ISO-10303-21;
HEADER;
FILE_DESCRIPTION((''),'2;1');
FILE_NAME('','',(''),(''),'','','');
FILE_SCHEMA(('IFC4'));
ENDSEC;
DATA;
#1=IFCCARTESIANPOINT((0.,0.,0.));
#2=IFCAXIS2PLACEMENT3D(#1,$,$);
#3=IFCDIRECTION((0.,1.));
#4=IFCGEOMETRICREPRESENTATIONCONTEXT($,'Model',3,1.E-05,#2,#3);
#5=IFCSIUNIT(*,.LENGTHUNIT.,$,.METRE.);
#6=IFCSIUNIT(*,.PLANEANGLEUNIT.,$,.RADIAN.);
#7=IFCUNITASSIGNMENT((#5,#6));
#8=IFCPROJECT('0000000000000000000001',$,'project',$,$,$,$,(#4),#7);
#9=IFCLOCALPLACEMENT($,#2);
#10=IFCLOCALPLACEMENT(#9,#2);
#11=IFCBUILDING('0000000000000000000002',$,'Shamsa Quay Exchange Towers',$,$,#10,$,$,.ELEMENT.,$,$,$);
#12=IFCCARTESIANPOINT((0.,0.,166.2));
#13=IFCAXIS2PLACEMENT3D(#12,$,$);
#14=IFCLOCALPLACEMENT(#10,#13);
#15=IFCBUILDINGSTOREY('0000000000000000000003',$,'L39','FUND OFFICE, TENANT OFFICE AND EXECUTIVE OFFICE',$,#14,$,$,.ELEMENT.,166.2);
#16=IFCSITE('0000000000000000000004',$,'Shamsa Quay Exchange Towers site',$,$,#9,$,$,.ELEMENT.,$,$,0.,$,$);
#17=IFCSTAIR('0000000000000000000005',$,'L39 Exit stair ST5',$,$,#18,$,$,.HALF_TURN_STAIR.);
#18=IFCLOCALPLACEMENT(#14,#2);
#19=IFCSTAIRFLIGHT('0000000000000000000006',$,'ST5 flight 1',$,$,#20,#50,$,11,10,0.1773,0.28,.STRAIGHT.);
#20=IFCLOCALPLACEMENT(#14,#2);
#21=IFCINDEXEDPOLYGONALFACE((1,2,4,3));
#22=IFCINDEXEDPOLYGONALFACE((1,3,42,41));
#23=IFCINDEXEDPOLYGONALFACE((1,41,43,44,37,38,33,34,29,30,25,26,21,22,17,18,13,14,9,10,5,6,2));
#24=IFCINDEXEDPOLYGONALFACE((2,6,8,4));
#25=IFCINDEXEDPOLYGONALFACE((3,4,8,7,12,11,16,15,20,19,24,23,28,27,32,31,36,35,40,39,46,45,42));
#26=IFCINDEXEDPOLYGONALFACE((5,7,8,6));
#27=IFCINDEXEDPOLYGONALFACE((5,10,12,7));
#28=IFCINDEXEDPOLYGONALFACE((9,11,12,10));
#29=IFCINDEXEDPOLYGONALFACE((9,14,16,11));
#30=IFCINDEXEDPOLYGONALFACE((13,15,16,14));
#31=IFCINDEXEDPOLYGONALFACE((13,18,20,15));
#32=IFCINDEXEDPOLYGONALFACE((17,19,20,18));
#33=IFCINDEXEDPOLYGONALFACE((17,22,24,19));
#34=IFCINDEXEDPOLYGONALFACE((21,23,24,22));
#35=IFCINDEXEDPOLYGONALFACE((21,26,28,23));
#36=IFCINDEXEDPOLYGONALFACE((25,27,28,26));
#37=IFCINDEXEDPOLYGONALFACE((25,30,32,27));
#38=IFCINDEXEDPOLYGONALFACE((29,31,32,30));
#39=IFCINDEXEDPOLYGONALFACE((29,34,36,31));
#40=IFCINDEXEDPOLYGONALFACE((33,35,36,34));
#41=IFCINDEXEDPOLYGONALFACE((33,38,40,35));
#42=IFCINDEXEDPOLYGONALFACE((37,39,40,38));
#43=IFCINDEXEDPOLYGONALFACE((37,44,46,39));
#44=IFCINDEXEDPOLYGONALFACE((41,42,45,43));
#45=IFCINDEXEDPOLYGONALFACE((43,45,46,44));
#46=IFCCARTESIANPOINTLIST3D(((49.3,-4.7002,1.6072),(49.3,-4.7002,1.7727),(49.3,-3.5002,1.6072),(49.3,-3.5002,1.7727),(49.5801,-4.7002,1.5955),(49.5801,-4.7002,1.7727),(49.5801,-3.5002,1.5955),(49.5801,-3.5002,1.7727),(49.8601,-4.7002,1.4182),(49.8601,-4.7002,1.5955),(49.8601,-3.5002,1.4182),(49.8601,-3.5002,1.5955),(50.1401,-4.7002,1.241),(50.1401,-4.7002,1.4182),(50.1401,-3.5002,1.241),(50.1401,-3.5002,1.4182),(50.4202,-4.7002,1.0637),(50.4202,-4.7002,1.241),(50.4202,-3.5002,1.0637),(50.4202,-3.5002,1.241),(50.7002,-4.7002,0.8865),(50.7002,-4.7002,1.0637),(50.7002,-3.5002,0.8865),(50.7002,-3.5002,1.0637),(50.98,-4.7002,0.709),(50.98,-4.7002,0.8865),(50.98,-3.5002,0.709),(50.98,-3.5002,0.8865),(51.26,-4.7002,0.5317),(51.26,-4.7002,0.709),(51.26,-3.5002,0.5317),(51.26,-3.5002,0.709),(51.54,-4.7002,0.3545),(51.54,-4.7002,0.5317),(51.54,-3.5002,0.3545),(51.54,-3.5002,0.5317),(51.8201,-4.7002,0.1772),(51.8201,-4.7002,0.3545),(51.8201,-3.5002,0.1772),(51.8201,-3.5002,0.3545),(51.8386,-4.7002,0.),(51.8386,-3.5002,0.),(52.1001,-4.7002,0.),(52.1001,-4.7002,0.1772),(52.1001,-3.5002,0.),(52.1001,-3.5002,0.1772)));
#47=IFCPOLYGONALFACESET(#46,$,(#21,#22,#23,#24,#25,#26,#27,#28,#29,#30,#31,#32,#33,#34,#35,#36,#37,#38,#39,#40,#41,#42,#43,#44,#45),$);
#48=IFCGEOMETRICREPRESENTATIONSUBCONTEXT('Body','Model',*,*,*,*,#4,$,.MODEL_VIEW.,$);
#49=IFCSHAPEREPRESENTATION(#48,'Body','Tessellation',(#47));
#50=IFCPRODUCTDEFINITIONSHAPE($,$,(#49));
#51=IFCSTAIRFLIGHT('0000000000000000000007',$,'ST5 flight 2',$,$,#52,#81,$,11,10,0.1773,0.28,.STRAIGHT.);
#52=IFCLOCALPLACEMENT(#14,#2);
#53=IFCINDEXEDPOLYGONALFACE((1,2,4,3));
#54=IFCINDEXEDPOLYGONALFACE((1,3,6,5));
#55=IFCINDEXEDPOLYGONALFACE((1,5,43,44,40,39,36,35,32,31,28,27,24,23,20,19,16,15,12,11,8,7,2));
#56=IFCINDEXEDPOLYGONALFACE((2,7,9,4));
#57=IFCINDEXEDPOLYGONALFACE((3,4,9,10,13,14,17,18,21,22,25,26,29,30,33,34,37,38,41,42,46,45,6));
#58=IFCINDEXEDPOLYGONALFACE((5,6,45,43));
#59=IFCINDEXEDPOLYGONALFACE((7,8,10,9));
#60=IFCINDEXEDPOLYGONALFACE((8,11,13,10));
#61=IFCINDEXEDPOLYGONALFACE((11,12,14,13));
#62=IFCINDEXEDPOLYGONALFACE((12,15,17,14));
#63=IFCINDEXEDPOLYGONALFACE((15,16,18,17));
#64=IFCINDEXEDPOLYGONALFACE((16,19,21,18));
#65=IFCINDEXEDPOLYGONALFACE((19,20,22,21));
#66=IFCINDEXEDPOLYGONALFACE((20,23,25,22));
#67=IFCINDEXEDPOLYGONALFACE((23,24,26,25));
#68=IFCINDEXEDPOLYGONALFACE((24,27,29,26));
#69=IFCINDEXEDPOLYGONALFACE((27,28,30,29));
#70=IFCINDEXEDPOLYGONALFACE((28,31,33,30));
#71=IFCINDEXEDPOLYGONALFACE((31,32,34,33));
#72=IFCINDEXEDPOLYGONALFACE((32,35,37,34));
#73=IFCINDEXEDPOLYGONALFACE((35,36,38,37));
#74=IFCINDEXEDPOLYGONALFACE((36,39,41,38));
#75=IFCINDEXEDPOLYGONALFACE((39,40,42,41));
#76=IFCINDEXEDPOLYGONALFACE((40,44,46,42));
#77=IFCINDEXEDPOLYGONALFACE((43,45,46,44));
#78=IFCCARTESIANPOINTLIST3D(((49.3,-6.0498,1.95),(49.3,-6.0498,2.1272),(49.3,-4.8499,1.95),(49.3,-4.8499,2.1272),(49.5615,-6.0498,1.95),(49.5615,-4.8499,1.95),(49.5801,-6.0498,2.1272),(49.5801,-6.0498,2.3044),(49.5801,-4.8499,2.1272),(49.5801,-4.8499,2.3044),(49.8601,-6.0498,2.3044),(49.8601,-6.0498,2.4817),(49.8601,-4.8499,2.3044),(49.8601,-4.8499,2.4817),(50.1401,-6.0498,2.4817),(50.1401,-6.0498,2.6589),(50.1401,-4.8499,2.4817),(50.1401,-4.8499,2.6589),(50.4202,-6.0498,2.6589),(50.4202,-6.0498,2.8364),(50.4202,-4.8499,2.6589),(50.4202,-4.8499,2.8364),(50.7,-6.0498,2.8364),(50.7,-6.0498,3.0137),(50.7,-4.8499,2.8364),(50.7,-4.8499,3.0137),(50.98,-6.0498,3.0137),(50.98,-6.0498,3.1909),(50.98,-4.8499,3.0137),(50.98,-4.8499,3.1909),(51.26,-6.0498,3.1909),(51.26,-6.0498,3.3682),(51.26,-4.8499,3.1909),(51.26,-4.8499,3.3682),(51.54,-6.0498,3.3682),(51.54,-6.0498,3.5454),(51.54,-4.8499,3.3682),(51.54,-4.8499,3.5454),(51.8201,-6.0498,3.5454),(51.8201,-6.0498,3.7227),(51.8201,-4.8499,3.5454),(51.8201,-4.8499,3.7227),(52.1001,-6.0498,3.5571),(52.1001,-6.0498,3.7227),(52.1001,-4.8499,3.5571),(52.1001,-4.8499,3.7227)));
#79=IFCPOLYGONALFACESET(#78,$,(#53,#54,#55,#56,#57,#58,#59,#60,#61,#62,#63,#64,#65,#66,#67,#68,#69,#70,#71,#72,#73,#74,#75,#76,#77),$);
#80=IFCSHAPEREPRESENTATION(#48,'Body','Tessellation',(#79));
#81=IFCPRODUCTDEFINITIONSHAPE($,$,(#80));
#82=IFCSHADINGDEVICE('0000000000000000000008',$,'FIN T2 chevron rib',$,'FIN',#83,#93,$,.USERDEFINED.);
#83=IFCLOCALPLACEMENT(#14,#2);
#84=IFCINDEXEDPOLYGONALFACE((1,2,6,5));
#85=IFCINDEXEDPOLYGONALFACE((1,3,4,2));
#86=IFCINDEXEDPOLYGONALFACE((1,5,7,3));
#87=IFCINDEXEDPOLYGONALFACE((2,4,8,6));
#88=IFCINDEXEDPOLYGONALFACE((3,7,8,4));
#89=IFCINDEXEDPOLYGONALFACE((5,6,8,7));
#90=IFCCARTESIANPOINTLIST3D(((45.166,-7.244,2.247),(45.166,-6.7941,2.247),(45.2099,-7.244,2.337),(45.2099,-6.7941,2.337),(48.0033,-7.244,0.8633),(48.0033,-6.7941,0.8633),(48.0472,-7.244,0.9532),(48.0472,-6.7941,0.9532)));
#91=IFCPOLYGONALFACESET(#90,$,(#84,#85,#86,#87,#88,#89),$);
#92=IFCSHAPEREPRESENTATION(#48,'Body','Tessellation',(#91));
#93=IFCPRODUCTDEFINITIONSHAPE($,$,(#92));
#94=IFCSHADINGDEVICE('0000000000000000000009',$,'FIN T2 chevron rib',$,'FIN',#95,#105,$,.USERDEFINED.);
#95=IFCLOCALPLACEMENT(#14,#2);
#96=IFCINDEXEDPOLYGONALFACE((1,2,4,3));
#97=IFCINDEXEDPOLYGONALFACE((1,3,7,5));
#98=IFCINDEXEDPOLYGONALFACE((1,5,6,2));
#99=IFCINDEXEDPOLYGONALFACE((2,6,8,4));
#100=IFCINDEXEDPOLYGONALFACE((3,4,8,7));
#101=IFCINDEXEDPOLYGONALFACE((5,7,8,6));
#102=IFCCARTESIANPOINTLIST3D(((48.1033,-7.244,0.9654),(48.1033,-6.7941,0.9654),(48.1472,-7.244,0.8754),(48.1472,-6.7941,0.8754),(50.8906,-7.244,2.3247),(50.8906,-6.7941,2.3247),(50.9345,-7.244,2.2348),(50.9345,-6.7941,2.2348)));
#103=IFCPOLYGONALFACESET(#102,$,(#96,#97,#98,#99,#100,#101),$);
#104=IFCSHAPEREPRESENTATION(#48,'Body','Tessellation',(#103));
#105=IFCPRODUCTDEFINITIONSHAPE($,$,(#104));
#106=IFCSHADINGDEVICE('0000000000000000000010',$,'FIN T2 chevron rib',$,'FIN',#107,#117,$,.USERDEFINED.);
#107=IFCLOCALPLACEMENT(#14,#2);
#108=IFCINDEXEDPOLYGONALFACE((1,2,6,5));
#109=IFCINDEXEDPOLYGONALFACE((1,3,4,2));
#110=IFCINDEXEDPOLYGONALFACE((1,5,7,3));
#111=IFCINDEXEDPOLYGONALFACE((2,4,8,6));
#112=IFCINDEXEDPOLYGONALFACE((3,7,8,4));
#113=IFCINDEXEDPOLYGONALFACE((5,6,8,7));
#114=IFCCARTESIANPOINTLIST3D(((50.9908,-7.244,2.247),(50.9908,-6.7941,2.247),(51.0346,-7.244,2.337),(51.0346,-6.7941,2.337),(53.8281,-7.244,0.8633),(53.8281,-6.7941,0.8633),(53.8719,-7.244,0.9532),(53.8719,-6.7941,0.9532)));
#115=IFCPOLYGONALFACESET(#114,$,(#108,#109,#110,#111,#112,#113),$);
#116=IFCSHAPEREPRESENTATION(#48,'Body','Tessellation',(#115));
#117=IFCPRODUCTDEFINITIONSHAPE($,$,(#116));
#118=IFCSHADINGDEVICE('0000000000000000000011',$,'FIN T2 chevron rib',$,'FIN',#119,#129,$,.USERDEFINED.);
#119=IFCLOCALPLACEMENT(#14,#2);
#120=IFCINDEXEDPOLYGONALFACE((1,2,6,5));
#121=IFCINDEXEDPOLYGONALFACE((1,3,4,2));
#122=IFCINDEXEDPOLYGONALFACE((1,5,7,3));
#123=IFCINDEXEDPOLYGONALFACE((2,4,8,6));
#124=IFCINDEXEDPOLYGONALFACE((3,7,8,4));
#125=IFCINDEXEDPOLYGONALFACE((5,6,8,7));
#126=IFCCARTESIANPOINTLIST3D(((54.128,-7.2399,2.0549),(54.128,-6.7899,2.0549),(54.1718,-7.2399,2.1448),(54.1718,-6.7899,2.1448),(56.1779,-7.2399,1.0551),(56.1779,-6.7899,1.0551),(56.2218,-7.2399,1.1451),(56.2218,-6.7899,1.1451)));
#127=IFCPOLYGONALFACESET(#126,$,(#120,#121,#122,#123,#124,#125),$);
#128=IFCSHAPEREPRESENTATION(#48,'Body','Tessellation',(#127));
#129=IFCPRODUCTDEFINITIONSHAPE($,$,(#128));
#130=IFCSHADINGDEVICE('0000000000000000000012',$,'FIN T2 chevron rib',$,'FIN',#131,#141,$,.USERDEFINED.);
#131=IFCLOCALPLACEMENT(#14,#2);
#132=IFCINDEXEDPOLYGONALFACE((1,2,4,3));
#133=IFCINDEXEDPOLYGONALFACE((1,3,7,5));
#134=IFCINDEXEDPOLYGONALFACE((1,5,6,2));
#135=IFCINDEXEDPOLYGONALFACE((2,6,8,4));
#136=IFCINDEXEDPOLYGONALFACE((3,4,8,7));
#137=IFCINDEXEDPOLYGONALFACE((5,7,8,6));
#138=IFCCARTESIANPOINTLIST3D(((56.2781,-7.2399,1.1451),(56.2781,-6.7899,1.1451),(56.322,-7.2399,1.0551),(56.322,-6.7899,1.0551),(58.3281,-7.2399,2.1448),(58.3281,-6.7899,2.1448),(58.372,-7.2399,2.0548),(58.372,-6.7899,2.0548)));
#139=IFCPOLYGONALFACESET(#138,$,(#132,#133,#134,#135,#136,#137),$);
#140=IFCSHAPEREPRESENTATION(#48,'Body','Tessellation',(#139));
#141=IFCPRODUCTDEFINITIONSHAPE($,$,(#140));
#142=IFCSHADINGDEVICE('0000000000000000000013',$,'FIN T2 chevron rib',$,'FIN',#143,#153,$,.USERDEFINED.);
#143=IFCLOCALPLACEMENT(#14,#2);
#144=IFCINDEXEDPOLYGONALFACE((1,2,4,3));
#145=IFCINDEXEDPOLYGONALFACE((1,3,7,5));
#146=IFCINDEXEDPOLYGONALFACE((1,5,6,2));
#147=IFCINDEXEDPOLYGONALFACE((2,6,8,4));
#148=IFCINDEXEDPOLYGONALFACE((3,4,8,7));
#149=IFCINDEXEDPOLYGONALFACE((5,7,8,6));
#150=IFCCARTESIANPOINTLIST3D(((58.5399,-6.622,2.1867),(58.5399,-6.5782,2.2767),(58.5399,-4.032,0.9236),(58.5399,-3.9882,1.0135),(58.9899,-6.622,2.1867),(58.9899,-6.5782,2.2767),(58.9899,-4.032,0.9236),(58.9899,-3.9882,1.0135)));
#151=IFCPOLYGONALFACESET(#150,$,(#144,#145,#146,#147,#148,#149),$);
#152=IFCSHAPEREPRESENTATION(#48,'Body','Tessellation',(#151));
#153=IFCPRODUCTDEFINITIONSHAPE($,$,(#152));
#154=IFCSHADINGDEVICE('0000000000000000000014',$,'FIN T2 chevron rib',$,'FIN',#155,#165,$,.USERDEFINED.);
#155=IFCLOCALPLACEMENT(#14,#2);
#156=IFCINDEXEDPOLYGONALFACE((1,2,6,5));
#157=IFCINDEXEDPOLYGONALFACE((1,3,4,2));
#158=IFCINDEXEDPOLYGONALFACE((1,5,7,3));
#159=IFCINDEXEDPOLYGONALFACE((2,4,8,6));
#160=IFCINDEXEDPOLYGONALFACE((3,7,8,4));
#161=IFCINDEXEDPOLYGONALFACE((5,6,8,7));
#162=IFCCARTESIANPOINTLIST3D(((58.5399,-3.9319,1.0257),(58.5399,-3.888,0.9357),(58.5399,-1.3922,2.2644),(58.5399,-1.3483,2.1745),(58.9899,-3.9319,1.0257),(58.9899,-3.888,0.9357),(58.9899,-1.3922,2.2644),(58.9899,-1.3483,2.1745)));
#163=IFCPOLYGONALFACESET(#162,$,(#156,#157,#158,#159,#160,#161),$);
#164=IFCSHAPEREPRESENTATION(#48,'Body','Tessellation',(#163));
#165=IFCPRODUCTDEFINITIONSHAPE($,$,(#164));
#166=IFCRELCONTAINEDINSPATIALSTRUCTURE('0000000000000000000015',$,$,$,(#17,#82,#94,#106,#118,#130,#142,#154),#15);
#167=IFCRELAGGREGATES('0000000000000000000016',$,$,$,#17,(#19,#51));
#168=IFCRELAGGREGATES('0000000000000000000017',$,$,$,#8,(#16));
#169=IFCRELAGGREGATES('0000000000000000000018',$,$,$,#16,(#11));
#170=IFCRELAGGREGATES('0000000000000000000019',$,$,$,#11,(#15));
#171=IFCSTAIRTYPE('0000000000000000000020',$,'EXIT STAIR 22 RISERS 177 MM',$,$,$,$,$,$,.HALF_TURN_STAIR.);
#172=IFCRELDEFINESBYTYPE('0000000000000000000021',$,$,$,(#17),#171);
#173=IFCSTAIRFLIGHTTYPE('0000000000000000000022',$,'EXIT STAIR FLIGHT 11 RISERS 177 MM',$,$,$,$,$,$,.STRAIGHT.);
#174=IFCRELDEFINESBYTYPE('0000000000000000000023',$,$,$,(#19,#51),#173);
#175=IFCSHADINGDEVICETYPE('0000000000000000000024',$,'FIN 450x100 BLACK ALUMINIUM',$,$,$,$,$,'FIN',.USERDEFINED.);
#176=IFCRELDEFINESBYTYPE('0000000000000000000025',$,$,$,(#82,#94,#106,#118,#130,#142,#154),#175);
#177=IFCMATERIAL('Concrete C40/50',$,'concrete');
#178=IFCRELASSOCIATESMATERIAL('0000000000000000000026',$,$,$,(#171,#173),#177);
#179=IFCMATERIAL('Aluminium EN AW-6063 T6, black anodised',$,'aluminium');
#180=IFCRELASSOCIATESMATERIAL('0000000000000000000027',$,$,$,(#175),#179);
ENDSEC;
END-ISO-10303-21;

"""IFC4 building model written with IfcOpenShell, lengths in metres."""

from ifc_helpers import new_model, si_unit, direction, frame, origin, origin_2d, place, context, subcontext, project, spatial, polyline, rectangle, outline, extrude, material, material_profile, profile_set, type_object, element, aggregate, save


model = new_model("IFC4")

# Units and contexts
model_context = context("Model", 3, precision=1e-05, world=origin(), true_north=direction((0.0, 1.0)))
body_context = subcontext(model_context, "Body", "Model", "MODEL_VIEW")
ifc_project = project(units=[si_unit("LENGTHUNIT", "METRE"), si_unit("PLANEANGLEUNIT", "RADIAN")], contexts=[model_context])

# Site, building, storey
site_placement = place(None, origin())
site = spatial("IfcSite", under=ifc_project, at=site_placement, Name="Shamsa Quay Exchange Towers site", CompositionType="ELEMENT", RefElevation=0.0)
building_placement = place(site_placement, origin())
building = spatial("IfcBuilding", under=site, at=building_placement, Name="Shamsa Quay Exchange Towers", CompositionType="ELEMENT")
storey_placement = place(building_placement, frame((0.0, 0.0, 166.2)))
storey = spatial("IfcBuildingStorey", under=building, at=storey_placement, Name="L39", Description="FUND OFFICE, TENANT OFFICE AND EXECUTIVE OFFICE", CompositionType="ELEMENT", Elevation=166.2)

# Shared definitions
ifc_material_1 = material(Name="Aluminium EN AW-6063 T6, black anodised", Category="aluminium")

# Stair, stair flights
ifc_material_2 = material(Name="Concrete C40/50", Category="concrete")
stair_type = type_object("IfcStairType", Name="EXIT STAIR 22 RISERS 177 MM", PredefinedType="HALF_TURN_STAIR", material=ifc_material_2)
stair_placement = place(storey_placement, origin())
stair = element("IfcStair", 1, at=stair_placement, inside=storey, type_object=stair_type, Name="L39 Exit stair ST5", PredefinedType="HALF_TURN_STAIR")
stair_flight_type = type_object("IfcStairFlightType", Name="EXIT STAIR FLIGHT 11 RISERS 177 MM", PredefinedType="STRAIGHT", material=ifc_material_2)
stair_flight_1_placement = place(storey_placement, frame((52.1001, -4.1001, 0.0), z_axis=(0.0, 0.0, 1.0), x_axis=(-1.0, 0.0, 0.0)))
stair_flight_1 = element("IfcStairFlight", 2, at=stair_flight_1_placement, type_object=stair_flight_type, Name="ST5 flight 1", NumberOfRisers=11, NumberOfTreads=10, PredefinedType="STRAIGHT", RiserHeight=0.1773, TreadLength=0.28, context=body_context, shape_type="SweptSolid", body=[
    extrude(outline(polyline([(0.0, 0.0), (0.0, 0.1772), (0.28, 0.1772), (0.28, 0.3545), (0.5601, 0.3545), (0.5601, 0.5317), (0.8401, 0.5317), (0.8401, 0.709), (1.1201, 0.709), (1.1201, 0.8865), (1.3999, 0.8865), (1.3999, 1.0637), (1.6799, 1.0637), (1.6799, 1.241), (1.96, 1.241), (1.96, 1.4182), (2.24, 1.4182), (2.24, 1.5955), (2.52, 1.5955), (2.52, 1.7727), (2.8, 1.7727), (2.8, 1.95), (2.8, 1.6072), (0.2615, 0.0), (0.0, 0.0)])), frame((0.0, 0.6001, 0.0), z_axis=(0.0, -1.0, 0.0), x_axis=(1.0, 0.0, 0.0)), (0.0, 0.0, 1.0), 1.2),
])
stair_flight_2_placement = place(storey_placement, frame((49.3, -5.45, 1.95)))
stair_flight_2 = element("IfcStairFlight", 3, at=stair_flight_2_placement, type_object=stair_flight_type, Name="ST5 flight 2", NumberOfRisers=11, NumberOfTreads=10, PredefinedType="STRAIGHT", RiserHeight=0.1773, TreadLength=0.28, context=body_context, shape_type="SweptSolid", body=[
    extrude(outline(polyline([(0.0, 0.0), (0.0, 0.1772), (0.28, 0.1772), (0.28, 0.3545), (0.5601, 0.3545), (0.5601, 0.5317), (0.8401, 0.5317), (0.8401, 0.709), (1.1201, 0.709), (1.1201, 0.8865), (1.3999, 0.8865), (1.3999, 1.0637), (1.6799, 1.0637), (1.6799, 1.241), (1.96, 1.241), (1.96, 1.4182), (2.24, 1.4182), (2.24, 1.5955), (2.52, 1.5955), (2.52, 1.7727), (2.8, 1.7727), (2.8, 1.95), (2.8, 1.6072), (0.2615, 0.0), (0.0, 0.0)])), frame((0.0, 0.6001, 0.0), z_axis=(0.0, -1.0, 0.0), x_axis=(1.0, 0.0, 0.0)), (0.0, 0.0, 1.0), 1.2),
])
aggregate(stair, [stair_flight_1, stair_flight_2])

# Shading devices
ifc_material_profile_1 = material_profile(ifc_material_1, rectangle(XDim=0.45, YDim=0.1001, at=origin_2d()), Name="FIN450x100")
ifc_profile_set_1 = profile_set([ifc_material_profile_1], Name="Aluminium EN AW-6063 T6, black anodised")
shading_device_type = type_object("IfcShadingDeviceType", Name="FIN 450x100 BLACK ALUMINIUM", ElementType="FIN", PredefinedType="USERDEFINED", material=ifc_profile_set_1)
shading_device_1_placement = place(storey_placement, frame((45.188, -7.019, 2.292), z_axis=(0.898807, 0.0, -0.438344), x_axis=(0.0, 1.0, 0.0)))
element("IfcShadingDevice", 4, at=shading_device_1_placement, inside=storey, type_object=shading_device_type, Name="FIN T2 chevron rib", ObjectType="FIN", PredefinedType="USERDEFINED", context=body_context, shape_type="SweptSolid", body=[
    extrude(rectangle(XDim=0.45, YDim=0.1001, at=origin_2d()), origin(), (0.0, 0.0, 1.0), 3.1567),
])
shading_device_2_placement = place(storey_placement, frame((48.1252, -7.019, 0.9204), z_axis=(0.898808, 0.0, 0.438343), x_axis=(0.0, 1.0, 0.0)))
element("IfcShadingDevice", 5, at=shading_device_2_placement, inside=storey, type_object=shading_device_type, Name="FIN T2 chevron rib", ObjectType="FIN", PredefinedType="USERDEFINED", context=body_context, shape_type="SweptSolid", body=[
    extrude(rectangle(XDim=0.45, YDim=0.1001, at=origin_2d()), origin(), (0.0, 0.0, 1.0), 3.1011),
])
shading_device_3_placement = place(storey_placement, frame((51.0127, -7.019, 2.292), z_axis=(0.898807, 0.0, -0.438344), x_axis=(0.0, 1.0, 0.0)))
element("IfcShadingDevice", 6, at=shading_device_3_placement, inside=storey, type_object=shading_device_type, Name="FIN T2 chevron rib", ObjectType="FIN", PredefinedType="USERDEFINED", context=body_context, shape_type="SweptSolid", body=[
    extrude(rectangle(XDim=0.45, YDim=0.1001, at=origin_2d()), origin(), (0.0, 0.0, 1.0), 3.1567),
])
for number, where, z_axis, x_axis, name in (
    (7, (54.1499, -7.0149, 2.0999), (0.898815, 0.0, -0.438329), (0.0, 1.0, 0.0), "FIN T2 chevron rib"),
    (8, (56.3, -7.0149, 1.1001), (0.898815, 0.0, 0.438329), (0.0, 1.0, 0.0), "FIN T2 chevron rib"),
):
    element("IfcShadingDevice", number, at=place(storey_placement, frame(where, z_axis=z_axis, x_axis=x_axis)), inside=storey, type_object=shading_device_type, Name=name, ObjectType="FIN", PredefinedType="USERDEFINED", context=body_context, shape_type="SweptSolid", body=[
        extrude(rectangle(XDim=0.45, YDim=0.1001, at=origin_2d()), origin(), (0.0, 0.0, 1.0), 2.2808),
    ])
shading_device_4_placement = place(storey_placement, frame((58.7649, -6.6001, 2.2317), z_axis=(0.0, 0.898806, -0.438347), x_axis=(-1.0, 0.0, 0.0)))
element("IfcShadingDevice", 9, at=shading_device_4_placement, inside=storey, type_object=shading_device_type, Name="FIN T2 chevron rib", ObjectType="FIN", PredefinedType="USERDEFINED", context=body_context, shape_type="SweptSolid", body=[
    extrude(rectangle(XDim=0.45, YDim=0.1001, at=origin_2d()), origin(), (0.0, 0.0, 1.0), 2.8816),
])
shading_device_5_placement = place(storey_placement, frame((58.7649, -3.9099, 0.9807), z_axis=(0.0, 0.89879, 0.438379), x_axis=(-1.0, 0.0, 0.0)))
element("IfcShadingDevice", 10, at=shading_device_5_placement, inside=storey, type_object=shading_device_type, Name="FIN T2 chevron rib", ObjectType="FIN", PredefinedType="USERDEFINED", context=body_context, shape_type="SweptSolid", body=[
    extrude(rectangle(XDim=0.45, YDim=0.1001, at=origin_2d()), origin(), (0.0, 0.0, 1.0), 2.8257),
])

save(model, "model.ifc")
